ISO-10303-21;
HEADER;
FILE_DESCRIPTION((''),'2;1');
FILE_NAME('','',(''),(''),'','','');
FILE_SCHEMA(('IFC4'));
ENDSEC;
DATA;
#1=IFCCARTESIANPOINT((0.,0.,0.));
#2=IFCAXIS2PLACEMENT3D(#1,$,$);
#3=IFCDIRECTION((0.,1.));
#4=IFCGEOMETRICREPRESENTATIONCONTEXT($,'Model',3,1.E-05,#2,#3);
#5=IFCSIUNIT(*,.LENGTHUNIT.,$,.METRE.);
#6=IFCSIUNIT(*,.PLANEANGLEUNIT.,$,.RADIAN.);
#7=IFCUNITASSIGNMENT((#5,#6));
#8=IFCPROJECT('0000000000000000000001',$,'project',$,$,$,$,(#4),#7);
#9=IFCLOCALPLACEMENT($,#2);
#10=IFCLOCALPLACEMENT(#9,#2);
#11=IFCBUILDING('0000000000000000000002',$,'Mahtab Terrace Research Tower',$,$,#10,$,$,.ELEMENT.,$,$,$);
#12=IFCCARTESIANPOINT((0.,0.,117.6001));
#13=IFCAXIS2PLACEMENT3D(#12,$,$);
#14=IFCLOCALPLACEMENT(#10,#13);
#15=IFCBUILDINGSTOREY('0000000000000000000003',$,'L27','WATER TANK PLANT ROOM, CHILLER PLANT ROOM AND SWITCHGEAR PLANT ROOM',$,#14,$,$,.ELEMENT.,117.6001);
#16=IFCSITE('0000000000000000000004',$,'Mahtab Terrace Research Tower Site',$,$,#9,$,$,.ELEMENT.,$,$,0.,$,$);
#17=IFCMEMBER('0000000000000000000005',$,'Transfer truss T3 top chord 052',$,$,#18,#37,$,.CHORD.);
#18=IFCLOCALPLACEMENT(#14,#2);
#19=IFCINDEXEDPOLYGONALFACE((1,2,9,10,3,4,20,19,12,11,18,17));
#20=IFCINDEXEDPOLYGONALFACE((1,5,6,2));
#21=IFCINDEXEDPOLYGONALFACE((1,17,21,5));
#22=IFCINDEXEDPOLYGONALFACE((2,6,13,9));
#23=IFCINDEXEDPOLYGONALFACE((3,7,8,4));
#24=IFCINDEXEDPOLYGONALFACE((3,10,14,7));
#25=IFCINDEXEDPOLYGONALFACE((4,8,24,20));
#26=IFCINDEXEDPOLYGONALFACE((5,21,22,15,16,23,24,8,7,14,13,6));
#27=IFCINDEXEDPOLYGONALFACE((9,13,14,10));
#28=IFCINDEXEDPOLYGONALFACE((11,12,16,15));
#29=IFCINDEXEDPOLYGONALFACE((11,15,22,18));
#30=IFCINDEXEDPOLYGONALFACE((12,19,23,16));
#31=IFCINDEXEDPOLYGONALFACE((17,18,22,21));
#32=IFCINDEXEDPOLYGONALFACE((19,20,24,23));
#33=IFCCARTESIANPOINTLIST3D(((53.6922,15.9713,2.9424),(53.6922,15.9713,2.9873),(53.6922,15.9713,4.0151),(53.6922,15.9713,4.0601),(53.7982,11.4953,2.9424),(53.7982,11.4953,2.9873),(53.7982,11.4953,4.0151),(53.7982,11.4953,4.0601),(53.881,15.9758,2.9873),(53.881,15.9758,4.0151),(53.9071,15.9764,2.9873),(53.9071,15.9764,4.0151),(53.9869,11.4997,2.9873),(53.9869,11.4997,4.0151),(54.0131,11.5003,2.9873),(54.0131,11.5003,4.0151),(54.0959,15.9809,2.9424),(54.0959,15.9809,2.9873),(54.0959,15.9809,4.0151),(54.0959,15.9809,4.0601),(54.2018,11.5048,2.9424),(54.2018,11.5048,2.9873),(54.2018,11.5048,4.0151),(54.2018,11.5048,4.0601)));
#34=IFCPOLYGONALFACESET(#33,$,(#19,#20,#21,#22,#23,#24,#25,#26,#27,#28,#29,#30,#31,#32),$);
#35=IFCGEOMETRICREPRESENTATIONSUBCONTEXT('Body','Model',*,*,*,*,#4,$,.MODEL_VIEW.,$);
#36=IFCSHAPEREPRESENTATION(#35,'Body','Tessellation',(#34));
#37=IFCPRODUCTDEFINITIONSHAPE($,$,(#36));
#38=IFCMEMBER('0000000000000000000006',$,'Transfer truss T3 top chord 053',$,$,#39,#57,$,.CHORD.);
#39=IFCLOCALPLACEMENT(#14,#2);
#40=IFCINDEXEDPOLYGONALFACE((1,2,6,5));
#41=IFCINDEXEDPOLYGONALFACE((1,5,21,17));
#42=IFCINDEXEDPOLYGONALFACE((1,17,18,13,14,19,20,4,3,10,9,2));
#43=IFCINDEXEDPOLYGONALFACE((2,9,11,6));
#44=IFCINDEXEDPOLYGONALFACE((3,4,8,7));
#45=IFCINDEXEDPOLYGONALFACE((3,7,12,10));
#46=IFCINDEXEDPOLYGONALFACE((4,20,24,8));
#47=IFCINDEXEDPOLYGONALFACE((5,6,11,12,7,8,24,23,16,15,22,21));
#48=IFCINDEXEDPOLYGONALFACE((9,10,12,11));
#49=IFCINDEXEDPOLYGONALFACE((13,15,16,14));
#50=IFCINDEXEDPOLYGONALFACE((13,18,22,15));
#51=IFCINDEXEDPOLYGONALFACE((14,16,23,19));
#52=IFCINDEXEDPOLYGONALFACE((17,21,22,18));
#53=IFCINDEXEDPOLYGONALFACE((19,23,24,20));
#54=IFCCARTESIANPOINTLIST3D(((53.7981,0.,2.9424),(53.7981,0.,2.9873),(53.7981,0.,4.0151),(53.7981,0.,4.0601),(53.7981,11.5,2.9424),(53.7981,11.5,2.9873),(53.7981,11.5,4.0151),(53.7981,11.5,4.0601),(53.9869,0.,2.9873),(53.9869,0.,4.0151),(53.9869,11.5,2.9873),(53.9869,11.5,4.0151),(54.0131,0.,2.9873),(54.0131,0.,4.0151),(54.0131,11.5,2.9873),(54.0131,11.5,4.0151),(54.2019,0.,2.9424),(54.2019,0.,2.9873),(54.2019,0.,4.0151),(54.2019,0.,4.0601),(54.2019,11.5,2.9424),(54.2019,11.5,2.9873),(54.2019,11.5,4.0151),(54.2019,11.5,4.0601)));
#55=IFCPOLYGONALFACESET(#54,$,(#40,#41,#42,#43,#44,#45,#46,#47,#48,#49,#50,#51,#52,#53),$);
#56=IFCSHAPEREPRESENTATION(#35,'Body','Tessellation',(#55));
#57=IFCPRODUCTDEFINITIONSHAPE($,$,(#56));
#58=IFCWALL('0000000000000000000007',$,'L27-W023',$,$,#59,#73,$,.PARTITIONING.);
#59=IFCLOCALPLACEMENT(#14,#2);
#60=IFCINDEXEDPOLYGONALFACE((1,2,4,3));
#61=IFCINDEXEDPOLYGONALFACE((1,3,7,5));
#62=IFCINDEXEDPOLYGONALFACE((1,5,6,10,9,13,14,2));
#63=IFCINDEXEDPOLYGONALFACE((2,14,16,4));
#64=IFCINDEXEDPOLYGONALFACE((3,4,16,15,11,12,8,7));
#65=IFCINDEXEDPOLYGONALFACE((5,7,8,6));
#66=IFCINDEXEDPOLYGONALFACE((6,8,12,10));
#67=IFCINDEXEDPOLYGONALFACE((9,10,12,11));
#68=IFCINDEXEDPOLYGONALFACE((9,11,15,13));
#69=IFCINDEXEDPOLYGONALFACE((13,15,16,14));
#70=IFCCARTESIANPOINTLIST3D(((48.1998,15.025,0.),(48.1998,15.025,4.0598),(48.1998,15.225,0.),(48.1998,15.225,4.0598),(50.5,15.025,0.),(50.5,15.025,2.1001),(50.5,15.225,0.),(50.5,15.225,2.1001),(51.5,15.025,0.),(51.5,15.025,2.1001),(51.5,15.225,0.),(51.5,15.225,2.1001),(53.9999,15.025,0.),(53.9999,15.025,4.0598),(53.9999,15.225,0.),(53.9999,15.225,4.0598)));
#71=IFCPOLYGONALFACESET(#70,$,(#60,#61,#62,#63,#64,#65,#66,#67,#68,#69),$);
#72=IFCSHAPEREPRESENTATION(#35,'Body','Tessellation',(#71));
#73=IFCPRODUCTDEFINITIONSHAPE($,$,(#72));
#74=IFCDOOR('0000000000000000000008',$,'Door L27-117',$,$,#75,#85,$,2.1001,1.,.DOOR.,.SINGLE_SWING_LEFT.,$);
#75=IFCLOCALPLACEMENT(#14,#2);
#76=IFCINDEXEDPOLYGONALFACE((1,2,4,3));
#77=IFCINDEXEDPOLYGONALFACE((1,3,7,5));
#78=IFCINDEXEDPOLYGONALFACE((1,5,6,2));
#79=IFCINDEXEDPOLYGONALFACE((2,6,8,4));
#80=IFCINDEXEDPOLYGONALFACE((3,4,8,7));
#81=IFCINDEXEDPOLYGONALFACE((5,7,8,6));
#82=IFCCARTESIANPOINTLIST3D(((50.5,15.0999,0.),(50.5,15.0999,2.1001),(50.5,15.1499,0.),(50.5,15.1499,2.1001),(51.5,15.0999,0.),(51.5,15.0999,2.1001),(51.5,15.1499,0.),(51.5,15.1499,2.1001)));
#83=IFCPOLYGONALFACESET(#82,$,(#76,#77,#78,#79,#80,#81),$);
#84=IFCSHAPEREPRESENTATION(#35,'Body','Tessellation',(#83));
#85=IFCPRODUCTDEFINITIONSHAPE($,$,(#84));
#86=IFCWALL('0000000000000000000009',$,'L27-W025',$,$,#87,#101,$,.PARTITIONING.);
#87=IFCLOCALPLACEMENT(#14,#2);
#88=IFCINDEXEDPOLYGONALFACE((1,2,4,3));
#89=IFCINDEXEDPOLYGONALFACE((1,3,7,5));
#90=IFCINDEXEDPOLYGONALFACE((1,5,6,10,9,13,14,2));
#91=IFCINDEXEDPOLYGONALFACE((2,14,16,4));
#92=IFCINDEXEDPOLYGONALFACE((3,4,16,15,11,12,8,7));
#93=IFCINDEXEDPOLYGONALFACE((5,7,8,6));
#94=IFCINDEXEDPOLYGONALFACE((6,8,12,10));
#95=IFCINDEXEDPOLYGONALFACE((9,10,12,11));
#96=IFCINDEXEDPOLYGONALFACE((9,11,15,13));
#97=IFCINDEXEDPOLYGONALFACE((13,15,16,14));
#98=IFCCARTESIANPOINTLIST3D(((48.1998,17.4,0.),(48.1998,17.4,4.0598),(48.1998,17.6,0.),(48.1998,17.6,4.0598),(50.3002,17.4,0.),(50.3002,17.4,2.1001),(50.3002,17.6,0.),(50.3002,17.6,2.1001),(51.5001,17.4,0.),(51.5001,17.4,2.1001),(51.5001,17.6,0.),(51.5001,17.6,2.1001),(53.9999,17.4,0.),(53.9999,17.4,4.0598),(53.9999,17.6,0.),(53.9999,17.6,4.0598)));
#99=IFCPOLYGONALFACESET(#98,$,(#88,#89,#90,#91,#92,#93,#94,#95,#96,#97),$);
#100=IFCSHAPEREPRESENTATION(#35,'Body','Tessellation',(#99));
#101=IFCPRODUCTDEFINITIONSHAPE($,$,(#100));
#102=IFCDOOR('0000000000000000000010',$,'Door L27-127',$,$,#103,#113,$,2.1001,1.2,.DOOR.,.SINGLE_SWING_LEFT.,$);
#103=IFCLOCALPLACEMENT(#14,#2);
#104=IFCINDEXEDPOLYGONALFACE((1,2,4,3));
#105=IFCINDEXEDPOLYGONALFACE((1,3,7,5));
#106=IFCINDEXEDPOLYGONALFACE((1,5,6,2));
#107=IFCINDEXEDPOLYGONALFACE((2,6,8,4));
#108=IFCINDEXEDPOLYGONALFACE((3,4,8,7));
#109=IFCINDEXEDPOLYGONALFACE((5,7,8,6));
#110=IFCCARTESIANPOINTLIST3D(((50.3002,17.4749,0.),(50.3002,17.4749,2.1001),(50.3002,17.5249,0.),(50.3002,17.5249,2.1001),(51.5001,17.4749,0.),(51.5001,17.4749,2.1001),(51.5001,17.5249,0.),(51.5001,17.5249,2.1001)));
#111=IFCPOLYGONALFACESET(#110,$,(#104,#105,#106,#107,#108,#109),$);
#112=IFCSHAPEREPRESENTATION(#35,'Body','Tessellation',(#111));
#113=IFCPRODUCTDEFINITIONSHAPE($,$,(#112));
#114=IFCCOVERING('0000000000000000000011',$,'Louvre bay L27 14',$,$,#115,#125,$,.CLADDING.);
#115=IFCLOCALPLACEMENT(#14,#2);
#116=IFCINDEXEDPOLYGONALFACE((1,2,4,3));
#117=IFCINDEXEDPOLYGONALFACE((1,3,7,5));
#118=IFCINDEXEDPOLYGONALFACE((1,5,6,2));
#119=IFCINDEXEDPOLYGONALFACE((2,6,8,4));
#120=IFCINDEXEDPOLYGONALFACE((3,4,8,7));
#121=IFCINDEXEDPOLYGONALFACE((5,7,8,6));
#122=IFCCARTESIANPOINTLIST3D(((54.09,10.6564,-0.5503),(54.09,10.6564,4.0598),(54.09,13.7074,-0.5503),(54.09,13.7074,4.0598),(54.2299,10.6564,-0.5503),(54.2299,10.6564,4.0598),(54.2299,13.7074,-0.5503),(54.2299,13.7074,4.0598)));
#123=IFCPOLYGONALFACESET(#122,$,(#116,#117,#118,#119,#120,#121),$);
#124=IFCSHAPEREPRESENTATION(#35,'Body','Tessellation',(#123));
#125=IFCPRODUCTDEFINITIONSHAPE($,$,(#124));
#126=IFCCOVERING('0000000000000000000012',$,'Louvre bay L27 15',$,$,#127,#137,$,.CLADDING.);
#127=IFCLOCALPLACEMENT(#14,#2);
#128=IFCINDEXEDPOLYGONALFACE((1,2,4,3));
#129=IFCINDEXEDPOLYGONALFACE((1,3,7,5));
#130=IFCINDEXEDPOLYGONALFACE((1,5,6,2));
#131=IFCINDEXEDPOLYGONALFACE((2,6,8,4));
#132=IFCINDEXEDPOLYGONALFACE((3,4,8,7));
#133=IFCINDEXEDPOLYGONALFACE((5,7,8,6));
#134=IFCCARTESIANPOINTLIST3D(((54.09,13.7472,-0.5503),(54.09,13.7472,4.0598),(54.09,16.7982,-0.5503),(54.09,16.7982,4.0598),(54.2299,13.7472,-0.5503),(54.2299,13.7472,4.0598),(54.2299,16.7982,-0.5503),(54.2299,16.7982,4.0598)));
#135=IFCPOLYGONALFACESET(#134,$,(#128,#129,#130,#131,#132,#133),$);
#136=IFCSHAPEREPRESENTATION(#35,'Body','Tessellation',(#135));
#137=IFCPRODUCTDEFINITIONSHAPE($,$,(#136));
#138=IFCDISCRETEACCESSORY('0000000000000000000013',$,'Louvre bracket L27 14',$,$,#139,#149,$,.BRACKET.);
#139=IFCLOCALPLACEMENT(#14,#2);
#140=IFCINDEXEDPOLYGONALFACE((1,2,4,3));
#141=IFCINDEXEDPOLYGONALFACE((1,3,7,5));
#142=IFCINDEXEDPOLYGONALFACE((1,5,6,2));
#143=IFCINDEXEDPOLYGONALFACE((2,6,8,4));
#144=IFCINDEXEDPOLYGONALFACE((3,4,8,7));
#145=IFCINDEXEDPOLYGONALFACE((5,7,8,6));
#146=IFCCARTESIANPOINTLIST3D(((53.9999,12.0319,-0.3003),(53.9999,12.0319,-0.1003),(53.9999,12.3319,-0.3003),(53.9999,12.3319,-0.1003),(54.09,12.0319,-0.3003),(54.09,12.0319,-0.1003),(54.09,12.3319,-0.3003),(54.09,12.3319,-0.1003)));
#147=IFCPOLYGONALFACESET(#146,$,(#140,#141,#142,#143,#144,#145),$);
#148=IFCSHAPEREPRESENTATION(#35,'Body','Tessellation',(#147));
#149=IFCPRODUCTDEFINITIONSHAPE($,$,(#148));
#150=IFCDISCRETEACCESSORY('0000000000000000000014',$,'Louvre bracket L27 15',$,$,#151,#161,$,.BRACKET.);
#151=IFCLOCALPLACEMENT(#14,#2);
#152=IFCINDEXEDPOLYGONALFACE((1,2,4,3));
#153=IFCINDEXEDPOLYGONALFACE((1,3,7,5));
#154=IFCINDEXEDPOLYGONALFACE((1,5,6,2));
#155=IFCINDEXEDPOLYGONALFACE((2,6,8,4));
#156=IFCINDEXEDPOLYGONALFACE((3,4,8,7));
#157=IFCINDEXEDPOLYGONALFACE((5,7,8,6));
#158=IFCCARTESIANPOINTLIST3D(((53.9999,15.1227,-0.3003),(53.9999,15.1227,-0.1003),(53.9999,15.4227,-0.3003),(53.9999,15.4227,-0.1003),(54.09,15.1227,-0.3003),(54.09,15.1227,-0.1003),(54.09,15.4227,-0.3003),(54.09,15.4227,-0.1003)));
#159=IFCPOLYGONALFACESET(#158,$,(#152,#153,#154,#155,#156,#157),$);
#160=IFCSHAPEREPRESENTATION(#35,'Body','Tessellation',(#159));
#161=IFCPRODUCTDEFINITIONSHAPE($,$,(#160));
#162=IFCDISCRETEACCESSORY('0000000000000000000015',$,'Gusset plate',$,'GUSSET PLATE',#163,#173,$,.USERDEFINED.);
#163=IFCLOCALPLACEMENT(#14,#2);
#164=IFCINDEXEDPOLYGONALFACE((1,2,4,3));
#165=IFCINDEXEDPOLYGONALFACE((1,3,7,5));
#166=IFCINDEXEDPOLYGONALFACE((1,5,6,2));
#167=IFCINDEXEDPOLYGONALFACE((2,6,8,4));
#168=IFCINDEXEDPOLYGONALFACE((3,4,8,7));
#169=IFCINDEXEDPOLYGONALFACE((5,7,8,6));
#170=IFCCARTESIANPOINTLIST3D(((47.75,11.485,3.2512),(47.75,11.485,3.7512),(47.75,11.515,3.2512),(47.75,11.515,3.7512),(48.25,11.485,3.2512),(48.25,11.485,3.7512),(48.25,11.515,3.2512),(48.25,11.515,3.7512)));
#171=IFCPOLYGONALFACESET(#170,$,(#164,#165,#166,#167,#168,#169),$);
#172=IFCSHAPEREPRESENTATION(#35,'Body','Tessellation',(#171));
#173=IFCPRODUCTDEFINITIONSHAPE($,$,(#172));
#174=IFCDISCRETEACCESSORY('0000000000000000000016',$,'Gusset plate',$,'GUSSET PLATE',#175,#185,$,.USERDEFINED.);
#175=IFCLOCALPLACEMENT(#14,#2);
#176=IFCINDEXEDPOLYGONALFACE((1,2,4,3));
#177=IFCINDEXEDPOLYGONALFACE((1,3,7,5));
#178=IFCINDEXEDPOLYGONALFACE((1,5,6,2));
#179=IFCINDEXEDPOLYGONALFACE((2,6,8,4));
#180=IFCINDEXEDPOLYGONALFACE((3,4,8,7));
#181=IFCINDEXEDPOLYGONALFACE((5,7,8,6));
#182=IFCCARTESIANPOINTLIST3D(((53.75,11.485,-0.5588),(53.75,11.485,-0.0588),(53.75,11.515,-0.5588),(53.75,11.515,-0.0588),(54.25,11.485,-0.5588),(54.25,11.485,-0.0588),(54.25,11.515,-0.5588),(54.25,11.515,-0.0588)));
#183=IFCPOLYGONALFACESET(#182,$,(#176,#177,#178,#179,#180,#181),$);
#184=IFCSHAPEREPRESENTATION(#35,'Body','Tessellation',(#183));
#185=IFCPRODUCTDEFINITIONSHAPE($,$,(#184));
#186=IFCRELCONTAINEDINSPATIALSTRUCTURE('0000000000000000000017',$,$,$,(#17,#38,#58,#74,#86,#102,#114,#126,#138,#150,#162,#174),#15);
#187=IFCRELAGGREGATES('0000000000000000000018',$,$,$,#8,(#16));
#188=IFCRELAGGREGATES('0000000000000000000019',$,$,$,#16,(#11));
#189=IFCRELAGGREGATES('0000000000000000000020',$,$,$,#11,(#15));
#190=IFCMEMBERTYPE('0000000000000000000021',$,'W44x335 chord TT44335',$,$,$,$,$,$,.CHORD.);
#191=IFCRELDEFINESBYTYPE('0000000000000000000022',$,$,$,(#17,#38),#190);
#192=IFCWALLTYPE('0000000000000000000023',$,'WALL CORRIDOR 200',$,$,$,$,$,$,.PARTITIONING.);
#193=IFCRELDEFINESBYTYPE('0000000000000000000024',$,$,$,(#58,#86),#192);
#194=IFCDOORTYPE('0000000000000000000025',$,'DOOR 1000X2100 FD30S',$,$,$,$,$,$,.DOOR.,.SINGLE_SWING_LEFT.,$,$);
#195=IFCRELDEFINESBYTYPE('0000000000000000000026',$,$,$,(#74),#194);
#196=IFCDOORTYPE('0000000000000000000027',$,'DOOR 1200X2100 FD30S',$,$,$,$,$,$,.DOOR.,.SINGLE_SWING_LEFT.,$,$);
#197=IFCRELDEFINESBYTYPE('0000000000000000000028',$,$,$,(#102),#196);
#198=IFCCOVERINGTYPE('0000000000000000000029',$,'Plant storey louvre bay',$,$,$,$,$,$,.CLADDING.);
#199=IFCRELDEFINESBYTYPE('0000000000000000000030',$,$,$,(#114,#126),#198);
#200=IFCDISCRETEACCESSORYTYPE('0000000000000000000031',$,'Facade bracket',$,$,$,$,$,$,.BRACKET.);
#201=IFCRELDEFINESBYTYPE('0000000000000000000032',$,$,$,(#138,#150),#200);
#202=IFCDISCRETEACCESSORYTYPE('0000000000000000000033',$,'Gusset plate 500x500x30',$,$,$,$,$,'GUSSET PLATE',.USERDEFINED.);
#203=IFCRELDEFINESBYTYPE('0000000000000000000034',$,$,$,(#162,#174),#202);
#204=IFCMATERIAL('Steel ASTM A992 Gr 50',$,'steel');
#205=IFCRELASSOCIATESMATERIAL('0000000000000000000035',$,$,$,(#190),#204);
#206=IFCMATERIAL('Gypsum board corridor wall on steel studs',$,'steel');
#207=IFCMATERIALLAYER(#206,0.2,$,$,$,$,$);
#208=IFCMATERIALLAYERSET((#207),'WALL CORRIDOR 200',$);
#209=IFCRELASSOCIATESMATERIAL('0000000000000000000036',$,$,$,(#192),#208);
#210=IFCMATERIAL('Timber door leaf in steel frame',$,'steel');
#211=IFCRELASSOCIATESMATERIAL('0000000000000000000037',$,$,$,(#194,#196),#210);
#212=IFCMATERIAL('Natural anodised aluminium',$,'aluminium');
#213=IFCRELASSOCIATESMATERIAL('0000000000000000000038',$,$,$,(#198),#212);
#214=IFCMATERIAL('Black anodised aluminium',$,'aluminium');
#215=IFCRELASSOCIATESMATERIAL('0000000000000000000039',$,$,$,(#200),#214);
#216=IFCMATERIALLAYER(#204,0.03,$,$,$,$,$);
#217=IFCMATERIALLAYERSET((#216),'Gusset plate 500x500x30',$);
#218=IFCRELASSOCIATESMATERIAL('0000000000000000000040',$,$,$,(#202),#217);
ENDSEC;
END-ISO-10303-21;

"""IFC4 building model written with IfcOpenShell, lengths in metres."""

from ifc_helpers import new_model, si_unit, direction, frame, frame_2d, origin, origin_2d, place, context, subcontext, project, spatial, rectangle, i_section, extrude, material, layer, layer_set, material_profile, profile_set, type_object, element, fill, save


model = new_model("IFC4")

# Units and contexts
model_context = context("Model", 3, precision=1e-05, world=origin(), true_north=direction((0.0, 1.0)))
body_context = subcontext(model_context, "Body", "Model", "MODEL_VIEW")
ifc_project = project(units=[si_unit("LENGTHUNIT", "METRE"), si_unit("PLANEANGLEUNIT", "RADIAN")], contexts=[model_context])

# Site, building, storey
site_placement = place(None, origin())
site = spatial("IfcSite", under=ifc_project, at=site_placement, Name="Mahtab Terrace Research Tower Site", CompositionType="ELEMENT", RefElevation=0.0)
building_placement = place(site_placement, origin())
building = spatial("IfcBuilding", under=site, at=building_placement, Name="Mahtab Terrace Research Tower", CompositionType="ELEMENT")
storey_placement = place(building_placement, frame((0.0, 0.0, 117.6001)))
storey = spatial("IfcBuildingStorey", under=building, at=storey_placement, Name="L27", Description="WATER TANK PLANT ROOM, CHILLER PLANT ROOM AND SWITCHGEAR PLANT ROOM", CompositionType="ELEMENT", Elevation=117.6001)

# Members
ifc_material_1 = material(Name="Steel ASTM A992 Gr 50", Category="steel")
ifc_material_profile_1 = material_profile(ifc_material_1, i_section(OverallWidth=0.4038, OverallDepth=1.1177, WebThickness=0.0261, FlangeThickness=0.0449, at=origin_2d()), Name="W44X335")
ifc_profile_set_1 = profile_set([ifc_material_profile_1], Name="Steel ASTM A992 Gr 50")
member_type_1 = type_object("IfcMemberType", Name="W44x335 chord TT44335", PredefinedType="CHORD", material=ifc_profile_set_1)
member_1_placement = place(storey_placement, frame((53.894, 15.9761, 3.5012), z_axis=(0.023665, -0.99972, 0.0), x_axis=(0.99972, 0.023665, 0.0)))
element("IfcMember", 1, at=member_1_placement, inside=storey, type_object=member_type_1, Name="Transfer truss T3 top chord 052", PredefinedType="CHORD", context=body_context, shape_type="SweptSolid", body=[
    extrude(i_section(OverallWidth=0.4038, OverallDepth=1.1177, WebThickness=0.0261, FlangeThickness=0.0449, at=origin_2d()), origin(), (0.0, 0.0, 1.0), 4.4773),
])
member_2_placement = place(storey_placement, frame((54.0, 11.5, 3.5012), z_axis=(0.0, -1.0, 0.0), x_axis=(1.0, 0.0, 0.0)))
element("IfcMember", 2, at=member_2_placement, inside=storey, type_object=member_type_1, Name="Transfer truss T3 top chord 053", PredefinedType="CHORD", context=body_context, shape_type="SweptSolid", body=[
    extrude(i_section(OverallWidth=0.4038, OverallDepth=1.1177, WebThickness=0.0261, FlangeThickness=0.0449, at=origin_2d()), origin(), (0.0, 0.0, 1.0), 11.5),
])

# Walls, openings, doors
ifc_material_2 = material(Name="Gypsum board corridor wall on steel studs", Category="steel")
ifc_layer_1 = layer(ifc_material_2, 0.2)
ifc_layer_set_1 = layer_set([ifc_layer_1], Name="WALL CORRIDOR 200")
wall_type = type_object("IfcWallType", Name="WALL CORRIDOR 200", PredefinedType="PARTITIONING", material=ifc_layer_set_1)
wall_1_placement = place(storey_placement, frame((48.2, 15.125, 0.0), z_axis=(0.0, 0.0, 1.0), x_axis=(1.0, 0.0, 0.0)))
wall_1 = element("IfcWall", 3, at=wall_1_placement, inside=storey, type_object=wall_type, Name="L27-W023", PredefinedType="PARTITIONING", context=body_context, shape_type="SweptSolid", body=[
    extrude(rectangle(XDim=5.8, YDim=0.2, at=frame_2d((2.8999, 0.0))), origin(), (0.0, 0.0, 1.0), 4.0598),
])
opening_1_placement = place(wall_1_placement, frame((2.3, 0.0, 0.0)))
opening_1 = element("IfcOpeningElement", 4, at=opening_1_placement, cuts=wall_1, PredefinedType="OPENING", context=body_context, shape_type="SweptSolid", body=[
    extrude(rectangle(XDim=1.0, YDim=2.1001, at=frame_2d((0.5, 1.05))), frame((0.0, 0.1099, 0.0), z_axis=(0.0, -1.0, 0.0), x_axis=(1.0, 0.0, 0.0)), (0.0, 0.0, 1.0), 0.22),
])
ifc_material_3 = material(Name="Timber door leaf in steel frame", Category="steel")
door_type_1 = type_object("IfcDoorType", Name="DOOR 1000X2100 FD30S", OperationType="SINGLE_SWING_LEFT", PredefinedType="DOOR", material=ifc_material_3)
door_1_placement = place(opening_1_placement, origin())
door_1 = element("IfcDoor", 5, at=door_1_placement, inside=storey, type_object=door_type_1, Name="Door L27-117", OperationType="SINGLE_SWING_LEFT", OverallHeight=2.1001, OverallWidth=1.0, PredefinedType="DOOR", context=body_context, shape_type="SweptSolid", body=[
    extrude(rectangle(XDim=1.0, YDim=2.1001, at=frame_2d((0.5, 1.05))), frame((0.0, 0.0249, 0.0), z_axis=(0.0, -1.0, 0.0), x_axis=(1.0, 0.0, 0.0)), (0.0, 0.0, 1.0), 0.05),
])
fill(opening_1, door_1)
wall_2_placement = place(storey_placement, frame((48.2, 17.5, 0.0), z_axis=(0.0, 0.0, 1.0), x_axis=(1.0, 0.0, 0.0)))
wall_2 = element("IfcWall", 6, at=wall_2_placement, inside=storey, type_object=wall_type, Name="L27-W025", PredefinedType="PARTITIONING", context=body_context, shape_type="SweptSolid", body=[
    extrude(rectangle(XDim=5.8, YDim=0.2, at=frame_2d((2.8999, 0.0))), origin(), (0.0, 0.0, 1.0), 4.0598),
])
opening_2_placement = place(wall_2_placement, frame((2.1001, 0.0, 0.0)))
opening_2 = element("IfcOpeningElement", 7, at=opening_2_placement, cuts=wall_2, PredefinedType="OPENING", context=body_context, shape_type="SweptSolid", body=[
    extrude(rectangle(XDim=1.2, YDim=2.1001, at=frame_2d((0.6001, 1.05))), frame((0.0, 0.1099, 0.0), z_axis=(0.0, -1.0, 0.0), x_axis=(1.0, 0.0, 0.0)), (0.0, 0.0, 1.0), 0.22),
])
door_type_2 = type_object("IfcDoorType", Name="DOOR 1200X2100 FD30S", OperationType="SINGLE_SWING_LEFT", PredefinedType="DOOR", material=ifc_material_3)
door_2_placement = place(opening_2_placement, origin())
door_2 = element("IfcDoor", 8, at=door_2_placement, inside=storey, type_object=door_type_2, Name="Door L27-127", OperationType="SINGLE_SWING_LEFT", OverallHeight=2.1001, OverallWidth=1.2, PredefinedType="DOOR", context=body_context, shape_type="SweptSolid", body=[
    extrude(rectangle(XDim=1.2, YDim=2.1001, at=frame_2d((0.6001, 1.05))), frame((0.0, 0.0249, 0.0), z_axis=(0.0, -1.0, 0.0), x_axis=(1.0, 0.0, 0.0)), (0.0, 0.0, 1.0), 0.05),
])
fill(opening_2, door_2)

# Coverings
ifc_material_4 = material(Name="Natural anodised aluminium", Category="aluminium")
covering_type = type_object("IfcCoveringType", Name="Plant storey louvre bay", PredefinedType="CLADDING", material=ifc_material_4)
for number, where, z_axis, x_axis, name in (
    (9, (54.1599, 12.1819, -0.5503), (0.0, 0.0, 1.0), (0.0, 1.0, 0.0), "Louvre bay L27 14"),
    (10, (54.1599, 15.2727, -0.5503), (0.0, 0.0, 1.0), (0.0, 1.0, 0.0), "Louvre bay L27 15"),
):
    element("IfcCovering", number, at=place(storey_placement, frame(where, z_axis=z_axis, x_axis=x_axis)), inside=storey, type_object=covering_type, Name=name, PredefinedType="CLADDING", context=body_context, shape_type="SweptSolid", body=[
        extrude(rectangle(XDim=3.051, YDim=0.1399, at=origin_2d()), origin(), (0.0, 0.0, 1.0), 4.6101),
    ])

# Discrete accessories
ifc_material_5 = material(Name="Black anodised aluminium", Category="aluminium")
discrete_accessory_type_1 = type_object("IfcDiscreteAccessoryType", Name="Facade bracket", PredefinedType="BRACKET", material=ifc_material_5)
for number, where, z_axis, x_axis, name in (
    (11, (54.0449, 12.1819, -0.3003), (0.0, 0.0, 1.0), (0.0, 1.0, 0.0), "Louvre bracket L27 14"),
    (12, (54.0449, 15.2727, -0.3003), (0.0, 0.0, 1.0), (0.0, 1.0, 0.0), "Louvre bracket L27 15"),
):
    element("IfcDiscreteAccessory", number, at=place(storey_placement, frame(where, z_axis=z_axis, x_axis=x_axis)), inside=storey, type_object=discrete_accessory_type_1, Name=name, PredefinedType="BRACKET", context=body_context, shape_type="SweptSolid", body=[
        extrude(rectangle(XDim=0.3, YDim=0.0901, at=origin_2d()), origin(), (0.0, 0.0, 1.0), 0.2),
    ])
ifc_layer_2 = layer(ifc_material_1, 0.03)
ifc_layer_set_2 = layer_set([ifc_layer_2], Name="Gusset plate 500x500x30")
discrete_accessory_type_2 = type_object("IfcDiscreteAccessoryType", Name="Gusset plate 500x500x30", ElementType="GUSSET PLATE", PredefinedType="USERDEFINED", material=ifc_layer_set_2)
for number, where, z_axis, x_axis, name in (
    (13, (48.0, 11.5, 3.2512), (0.0, 0.0, 1.0), (1.0, 0.0, 0.0), "Gusset plate"),
    (14, (54.0, 11.5, -0.5588), (0.0, 0.0, 1.0), (1.0, 0.0, 0.0), "Gusset plate"),
):
    element("IfcDiscreteAccessory", number, at=place(storey_placement, frame(where, z_axis=z_axis, x_axis=x_axis)), inside=storey, type_object=discrete_accessory_type_2, Name=name, ObjectType="GUSSET PLATE", PredefinedType="USERDEFINED", context=body_context, shape_type="SweptSolid", body=[
        extrude(rectangle(XDim=0.5, YDim=0.03, at=origin_2d()), origin(), (0.0, 0.0, 1.0), 0.5),
    ])

save(model, "model.ifc")
